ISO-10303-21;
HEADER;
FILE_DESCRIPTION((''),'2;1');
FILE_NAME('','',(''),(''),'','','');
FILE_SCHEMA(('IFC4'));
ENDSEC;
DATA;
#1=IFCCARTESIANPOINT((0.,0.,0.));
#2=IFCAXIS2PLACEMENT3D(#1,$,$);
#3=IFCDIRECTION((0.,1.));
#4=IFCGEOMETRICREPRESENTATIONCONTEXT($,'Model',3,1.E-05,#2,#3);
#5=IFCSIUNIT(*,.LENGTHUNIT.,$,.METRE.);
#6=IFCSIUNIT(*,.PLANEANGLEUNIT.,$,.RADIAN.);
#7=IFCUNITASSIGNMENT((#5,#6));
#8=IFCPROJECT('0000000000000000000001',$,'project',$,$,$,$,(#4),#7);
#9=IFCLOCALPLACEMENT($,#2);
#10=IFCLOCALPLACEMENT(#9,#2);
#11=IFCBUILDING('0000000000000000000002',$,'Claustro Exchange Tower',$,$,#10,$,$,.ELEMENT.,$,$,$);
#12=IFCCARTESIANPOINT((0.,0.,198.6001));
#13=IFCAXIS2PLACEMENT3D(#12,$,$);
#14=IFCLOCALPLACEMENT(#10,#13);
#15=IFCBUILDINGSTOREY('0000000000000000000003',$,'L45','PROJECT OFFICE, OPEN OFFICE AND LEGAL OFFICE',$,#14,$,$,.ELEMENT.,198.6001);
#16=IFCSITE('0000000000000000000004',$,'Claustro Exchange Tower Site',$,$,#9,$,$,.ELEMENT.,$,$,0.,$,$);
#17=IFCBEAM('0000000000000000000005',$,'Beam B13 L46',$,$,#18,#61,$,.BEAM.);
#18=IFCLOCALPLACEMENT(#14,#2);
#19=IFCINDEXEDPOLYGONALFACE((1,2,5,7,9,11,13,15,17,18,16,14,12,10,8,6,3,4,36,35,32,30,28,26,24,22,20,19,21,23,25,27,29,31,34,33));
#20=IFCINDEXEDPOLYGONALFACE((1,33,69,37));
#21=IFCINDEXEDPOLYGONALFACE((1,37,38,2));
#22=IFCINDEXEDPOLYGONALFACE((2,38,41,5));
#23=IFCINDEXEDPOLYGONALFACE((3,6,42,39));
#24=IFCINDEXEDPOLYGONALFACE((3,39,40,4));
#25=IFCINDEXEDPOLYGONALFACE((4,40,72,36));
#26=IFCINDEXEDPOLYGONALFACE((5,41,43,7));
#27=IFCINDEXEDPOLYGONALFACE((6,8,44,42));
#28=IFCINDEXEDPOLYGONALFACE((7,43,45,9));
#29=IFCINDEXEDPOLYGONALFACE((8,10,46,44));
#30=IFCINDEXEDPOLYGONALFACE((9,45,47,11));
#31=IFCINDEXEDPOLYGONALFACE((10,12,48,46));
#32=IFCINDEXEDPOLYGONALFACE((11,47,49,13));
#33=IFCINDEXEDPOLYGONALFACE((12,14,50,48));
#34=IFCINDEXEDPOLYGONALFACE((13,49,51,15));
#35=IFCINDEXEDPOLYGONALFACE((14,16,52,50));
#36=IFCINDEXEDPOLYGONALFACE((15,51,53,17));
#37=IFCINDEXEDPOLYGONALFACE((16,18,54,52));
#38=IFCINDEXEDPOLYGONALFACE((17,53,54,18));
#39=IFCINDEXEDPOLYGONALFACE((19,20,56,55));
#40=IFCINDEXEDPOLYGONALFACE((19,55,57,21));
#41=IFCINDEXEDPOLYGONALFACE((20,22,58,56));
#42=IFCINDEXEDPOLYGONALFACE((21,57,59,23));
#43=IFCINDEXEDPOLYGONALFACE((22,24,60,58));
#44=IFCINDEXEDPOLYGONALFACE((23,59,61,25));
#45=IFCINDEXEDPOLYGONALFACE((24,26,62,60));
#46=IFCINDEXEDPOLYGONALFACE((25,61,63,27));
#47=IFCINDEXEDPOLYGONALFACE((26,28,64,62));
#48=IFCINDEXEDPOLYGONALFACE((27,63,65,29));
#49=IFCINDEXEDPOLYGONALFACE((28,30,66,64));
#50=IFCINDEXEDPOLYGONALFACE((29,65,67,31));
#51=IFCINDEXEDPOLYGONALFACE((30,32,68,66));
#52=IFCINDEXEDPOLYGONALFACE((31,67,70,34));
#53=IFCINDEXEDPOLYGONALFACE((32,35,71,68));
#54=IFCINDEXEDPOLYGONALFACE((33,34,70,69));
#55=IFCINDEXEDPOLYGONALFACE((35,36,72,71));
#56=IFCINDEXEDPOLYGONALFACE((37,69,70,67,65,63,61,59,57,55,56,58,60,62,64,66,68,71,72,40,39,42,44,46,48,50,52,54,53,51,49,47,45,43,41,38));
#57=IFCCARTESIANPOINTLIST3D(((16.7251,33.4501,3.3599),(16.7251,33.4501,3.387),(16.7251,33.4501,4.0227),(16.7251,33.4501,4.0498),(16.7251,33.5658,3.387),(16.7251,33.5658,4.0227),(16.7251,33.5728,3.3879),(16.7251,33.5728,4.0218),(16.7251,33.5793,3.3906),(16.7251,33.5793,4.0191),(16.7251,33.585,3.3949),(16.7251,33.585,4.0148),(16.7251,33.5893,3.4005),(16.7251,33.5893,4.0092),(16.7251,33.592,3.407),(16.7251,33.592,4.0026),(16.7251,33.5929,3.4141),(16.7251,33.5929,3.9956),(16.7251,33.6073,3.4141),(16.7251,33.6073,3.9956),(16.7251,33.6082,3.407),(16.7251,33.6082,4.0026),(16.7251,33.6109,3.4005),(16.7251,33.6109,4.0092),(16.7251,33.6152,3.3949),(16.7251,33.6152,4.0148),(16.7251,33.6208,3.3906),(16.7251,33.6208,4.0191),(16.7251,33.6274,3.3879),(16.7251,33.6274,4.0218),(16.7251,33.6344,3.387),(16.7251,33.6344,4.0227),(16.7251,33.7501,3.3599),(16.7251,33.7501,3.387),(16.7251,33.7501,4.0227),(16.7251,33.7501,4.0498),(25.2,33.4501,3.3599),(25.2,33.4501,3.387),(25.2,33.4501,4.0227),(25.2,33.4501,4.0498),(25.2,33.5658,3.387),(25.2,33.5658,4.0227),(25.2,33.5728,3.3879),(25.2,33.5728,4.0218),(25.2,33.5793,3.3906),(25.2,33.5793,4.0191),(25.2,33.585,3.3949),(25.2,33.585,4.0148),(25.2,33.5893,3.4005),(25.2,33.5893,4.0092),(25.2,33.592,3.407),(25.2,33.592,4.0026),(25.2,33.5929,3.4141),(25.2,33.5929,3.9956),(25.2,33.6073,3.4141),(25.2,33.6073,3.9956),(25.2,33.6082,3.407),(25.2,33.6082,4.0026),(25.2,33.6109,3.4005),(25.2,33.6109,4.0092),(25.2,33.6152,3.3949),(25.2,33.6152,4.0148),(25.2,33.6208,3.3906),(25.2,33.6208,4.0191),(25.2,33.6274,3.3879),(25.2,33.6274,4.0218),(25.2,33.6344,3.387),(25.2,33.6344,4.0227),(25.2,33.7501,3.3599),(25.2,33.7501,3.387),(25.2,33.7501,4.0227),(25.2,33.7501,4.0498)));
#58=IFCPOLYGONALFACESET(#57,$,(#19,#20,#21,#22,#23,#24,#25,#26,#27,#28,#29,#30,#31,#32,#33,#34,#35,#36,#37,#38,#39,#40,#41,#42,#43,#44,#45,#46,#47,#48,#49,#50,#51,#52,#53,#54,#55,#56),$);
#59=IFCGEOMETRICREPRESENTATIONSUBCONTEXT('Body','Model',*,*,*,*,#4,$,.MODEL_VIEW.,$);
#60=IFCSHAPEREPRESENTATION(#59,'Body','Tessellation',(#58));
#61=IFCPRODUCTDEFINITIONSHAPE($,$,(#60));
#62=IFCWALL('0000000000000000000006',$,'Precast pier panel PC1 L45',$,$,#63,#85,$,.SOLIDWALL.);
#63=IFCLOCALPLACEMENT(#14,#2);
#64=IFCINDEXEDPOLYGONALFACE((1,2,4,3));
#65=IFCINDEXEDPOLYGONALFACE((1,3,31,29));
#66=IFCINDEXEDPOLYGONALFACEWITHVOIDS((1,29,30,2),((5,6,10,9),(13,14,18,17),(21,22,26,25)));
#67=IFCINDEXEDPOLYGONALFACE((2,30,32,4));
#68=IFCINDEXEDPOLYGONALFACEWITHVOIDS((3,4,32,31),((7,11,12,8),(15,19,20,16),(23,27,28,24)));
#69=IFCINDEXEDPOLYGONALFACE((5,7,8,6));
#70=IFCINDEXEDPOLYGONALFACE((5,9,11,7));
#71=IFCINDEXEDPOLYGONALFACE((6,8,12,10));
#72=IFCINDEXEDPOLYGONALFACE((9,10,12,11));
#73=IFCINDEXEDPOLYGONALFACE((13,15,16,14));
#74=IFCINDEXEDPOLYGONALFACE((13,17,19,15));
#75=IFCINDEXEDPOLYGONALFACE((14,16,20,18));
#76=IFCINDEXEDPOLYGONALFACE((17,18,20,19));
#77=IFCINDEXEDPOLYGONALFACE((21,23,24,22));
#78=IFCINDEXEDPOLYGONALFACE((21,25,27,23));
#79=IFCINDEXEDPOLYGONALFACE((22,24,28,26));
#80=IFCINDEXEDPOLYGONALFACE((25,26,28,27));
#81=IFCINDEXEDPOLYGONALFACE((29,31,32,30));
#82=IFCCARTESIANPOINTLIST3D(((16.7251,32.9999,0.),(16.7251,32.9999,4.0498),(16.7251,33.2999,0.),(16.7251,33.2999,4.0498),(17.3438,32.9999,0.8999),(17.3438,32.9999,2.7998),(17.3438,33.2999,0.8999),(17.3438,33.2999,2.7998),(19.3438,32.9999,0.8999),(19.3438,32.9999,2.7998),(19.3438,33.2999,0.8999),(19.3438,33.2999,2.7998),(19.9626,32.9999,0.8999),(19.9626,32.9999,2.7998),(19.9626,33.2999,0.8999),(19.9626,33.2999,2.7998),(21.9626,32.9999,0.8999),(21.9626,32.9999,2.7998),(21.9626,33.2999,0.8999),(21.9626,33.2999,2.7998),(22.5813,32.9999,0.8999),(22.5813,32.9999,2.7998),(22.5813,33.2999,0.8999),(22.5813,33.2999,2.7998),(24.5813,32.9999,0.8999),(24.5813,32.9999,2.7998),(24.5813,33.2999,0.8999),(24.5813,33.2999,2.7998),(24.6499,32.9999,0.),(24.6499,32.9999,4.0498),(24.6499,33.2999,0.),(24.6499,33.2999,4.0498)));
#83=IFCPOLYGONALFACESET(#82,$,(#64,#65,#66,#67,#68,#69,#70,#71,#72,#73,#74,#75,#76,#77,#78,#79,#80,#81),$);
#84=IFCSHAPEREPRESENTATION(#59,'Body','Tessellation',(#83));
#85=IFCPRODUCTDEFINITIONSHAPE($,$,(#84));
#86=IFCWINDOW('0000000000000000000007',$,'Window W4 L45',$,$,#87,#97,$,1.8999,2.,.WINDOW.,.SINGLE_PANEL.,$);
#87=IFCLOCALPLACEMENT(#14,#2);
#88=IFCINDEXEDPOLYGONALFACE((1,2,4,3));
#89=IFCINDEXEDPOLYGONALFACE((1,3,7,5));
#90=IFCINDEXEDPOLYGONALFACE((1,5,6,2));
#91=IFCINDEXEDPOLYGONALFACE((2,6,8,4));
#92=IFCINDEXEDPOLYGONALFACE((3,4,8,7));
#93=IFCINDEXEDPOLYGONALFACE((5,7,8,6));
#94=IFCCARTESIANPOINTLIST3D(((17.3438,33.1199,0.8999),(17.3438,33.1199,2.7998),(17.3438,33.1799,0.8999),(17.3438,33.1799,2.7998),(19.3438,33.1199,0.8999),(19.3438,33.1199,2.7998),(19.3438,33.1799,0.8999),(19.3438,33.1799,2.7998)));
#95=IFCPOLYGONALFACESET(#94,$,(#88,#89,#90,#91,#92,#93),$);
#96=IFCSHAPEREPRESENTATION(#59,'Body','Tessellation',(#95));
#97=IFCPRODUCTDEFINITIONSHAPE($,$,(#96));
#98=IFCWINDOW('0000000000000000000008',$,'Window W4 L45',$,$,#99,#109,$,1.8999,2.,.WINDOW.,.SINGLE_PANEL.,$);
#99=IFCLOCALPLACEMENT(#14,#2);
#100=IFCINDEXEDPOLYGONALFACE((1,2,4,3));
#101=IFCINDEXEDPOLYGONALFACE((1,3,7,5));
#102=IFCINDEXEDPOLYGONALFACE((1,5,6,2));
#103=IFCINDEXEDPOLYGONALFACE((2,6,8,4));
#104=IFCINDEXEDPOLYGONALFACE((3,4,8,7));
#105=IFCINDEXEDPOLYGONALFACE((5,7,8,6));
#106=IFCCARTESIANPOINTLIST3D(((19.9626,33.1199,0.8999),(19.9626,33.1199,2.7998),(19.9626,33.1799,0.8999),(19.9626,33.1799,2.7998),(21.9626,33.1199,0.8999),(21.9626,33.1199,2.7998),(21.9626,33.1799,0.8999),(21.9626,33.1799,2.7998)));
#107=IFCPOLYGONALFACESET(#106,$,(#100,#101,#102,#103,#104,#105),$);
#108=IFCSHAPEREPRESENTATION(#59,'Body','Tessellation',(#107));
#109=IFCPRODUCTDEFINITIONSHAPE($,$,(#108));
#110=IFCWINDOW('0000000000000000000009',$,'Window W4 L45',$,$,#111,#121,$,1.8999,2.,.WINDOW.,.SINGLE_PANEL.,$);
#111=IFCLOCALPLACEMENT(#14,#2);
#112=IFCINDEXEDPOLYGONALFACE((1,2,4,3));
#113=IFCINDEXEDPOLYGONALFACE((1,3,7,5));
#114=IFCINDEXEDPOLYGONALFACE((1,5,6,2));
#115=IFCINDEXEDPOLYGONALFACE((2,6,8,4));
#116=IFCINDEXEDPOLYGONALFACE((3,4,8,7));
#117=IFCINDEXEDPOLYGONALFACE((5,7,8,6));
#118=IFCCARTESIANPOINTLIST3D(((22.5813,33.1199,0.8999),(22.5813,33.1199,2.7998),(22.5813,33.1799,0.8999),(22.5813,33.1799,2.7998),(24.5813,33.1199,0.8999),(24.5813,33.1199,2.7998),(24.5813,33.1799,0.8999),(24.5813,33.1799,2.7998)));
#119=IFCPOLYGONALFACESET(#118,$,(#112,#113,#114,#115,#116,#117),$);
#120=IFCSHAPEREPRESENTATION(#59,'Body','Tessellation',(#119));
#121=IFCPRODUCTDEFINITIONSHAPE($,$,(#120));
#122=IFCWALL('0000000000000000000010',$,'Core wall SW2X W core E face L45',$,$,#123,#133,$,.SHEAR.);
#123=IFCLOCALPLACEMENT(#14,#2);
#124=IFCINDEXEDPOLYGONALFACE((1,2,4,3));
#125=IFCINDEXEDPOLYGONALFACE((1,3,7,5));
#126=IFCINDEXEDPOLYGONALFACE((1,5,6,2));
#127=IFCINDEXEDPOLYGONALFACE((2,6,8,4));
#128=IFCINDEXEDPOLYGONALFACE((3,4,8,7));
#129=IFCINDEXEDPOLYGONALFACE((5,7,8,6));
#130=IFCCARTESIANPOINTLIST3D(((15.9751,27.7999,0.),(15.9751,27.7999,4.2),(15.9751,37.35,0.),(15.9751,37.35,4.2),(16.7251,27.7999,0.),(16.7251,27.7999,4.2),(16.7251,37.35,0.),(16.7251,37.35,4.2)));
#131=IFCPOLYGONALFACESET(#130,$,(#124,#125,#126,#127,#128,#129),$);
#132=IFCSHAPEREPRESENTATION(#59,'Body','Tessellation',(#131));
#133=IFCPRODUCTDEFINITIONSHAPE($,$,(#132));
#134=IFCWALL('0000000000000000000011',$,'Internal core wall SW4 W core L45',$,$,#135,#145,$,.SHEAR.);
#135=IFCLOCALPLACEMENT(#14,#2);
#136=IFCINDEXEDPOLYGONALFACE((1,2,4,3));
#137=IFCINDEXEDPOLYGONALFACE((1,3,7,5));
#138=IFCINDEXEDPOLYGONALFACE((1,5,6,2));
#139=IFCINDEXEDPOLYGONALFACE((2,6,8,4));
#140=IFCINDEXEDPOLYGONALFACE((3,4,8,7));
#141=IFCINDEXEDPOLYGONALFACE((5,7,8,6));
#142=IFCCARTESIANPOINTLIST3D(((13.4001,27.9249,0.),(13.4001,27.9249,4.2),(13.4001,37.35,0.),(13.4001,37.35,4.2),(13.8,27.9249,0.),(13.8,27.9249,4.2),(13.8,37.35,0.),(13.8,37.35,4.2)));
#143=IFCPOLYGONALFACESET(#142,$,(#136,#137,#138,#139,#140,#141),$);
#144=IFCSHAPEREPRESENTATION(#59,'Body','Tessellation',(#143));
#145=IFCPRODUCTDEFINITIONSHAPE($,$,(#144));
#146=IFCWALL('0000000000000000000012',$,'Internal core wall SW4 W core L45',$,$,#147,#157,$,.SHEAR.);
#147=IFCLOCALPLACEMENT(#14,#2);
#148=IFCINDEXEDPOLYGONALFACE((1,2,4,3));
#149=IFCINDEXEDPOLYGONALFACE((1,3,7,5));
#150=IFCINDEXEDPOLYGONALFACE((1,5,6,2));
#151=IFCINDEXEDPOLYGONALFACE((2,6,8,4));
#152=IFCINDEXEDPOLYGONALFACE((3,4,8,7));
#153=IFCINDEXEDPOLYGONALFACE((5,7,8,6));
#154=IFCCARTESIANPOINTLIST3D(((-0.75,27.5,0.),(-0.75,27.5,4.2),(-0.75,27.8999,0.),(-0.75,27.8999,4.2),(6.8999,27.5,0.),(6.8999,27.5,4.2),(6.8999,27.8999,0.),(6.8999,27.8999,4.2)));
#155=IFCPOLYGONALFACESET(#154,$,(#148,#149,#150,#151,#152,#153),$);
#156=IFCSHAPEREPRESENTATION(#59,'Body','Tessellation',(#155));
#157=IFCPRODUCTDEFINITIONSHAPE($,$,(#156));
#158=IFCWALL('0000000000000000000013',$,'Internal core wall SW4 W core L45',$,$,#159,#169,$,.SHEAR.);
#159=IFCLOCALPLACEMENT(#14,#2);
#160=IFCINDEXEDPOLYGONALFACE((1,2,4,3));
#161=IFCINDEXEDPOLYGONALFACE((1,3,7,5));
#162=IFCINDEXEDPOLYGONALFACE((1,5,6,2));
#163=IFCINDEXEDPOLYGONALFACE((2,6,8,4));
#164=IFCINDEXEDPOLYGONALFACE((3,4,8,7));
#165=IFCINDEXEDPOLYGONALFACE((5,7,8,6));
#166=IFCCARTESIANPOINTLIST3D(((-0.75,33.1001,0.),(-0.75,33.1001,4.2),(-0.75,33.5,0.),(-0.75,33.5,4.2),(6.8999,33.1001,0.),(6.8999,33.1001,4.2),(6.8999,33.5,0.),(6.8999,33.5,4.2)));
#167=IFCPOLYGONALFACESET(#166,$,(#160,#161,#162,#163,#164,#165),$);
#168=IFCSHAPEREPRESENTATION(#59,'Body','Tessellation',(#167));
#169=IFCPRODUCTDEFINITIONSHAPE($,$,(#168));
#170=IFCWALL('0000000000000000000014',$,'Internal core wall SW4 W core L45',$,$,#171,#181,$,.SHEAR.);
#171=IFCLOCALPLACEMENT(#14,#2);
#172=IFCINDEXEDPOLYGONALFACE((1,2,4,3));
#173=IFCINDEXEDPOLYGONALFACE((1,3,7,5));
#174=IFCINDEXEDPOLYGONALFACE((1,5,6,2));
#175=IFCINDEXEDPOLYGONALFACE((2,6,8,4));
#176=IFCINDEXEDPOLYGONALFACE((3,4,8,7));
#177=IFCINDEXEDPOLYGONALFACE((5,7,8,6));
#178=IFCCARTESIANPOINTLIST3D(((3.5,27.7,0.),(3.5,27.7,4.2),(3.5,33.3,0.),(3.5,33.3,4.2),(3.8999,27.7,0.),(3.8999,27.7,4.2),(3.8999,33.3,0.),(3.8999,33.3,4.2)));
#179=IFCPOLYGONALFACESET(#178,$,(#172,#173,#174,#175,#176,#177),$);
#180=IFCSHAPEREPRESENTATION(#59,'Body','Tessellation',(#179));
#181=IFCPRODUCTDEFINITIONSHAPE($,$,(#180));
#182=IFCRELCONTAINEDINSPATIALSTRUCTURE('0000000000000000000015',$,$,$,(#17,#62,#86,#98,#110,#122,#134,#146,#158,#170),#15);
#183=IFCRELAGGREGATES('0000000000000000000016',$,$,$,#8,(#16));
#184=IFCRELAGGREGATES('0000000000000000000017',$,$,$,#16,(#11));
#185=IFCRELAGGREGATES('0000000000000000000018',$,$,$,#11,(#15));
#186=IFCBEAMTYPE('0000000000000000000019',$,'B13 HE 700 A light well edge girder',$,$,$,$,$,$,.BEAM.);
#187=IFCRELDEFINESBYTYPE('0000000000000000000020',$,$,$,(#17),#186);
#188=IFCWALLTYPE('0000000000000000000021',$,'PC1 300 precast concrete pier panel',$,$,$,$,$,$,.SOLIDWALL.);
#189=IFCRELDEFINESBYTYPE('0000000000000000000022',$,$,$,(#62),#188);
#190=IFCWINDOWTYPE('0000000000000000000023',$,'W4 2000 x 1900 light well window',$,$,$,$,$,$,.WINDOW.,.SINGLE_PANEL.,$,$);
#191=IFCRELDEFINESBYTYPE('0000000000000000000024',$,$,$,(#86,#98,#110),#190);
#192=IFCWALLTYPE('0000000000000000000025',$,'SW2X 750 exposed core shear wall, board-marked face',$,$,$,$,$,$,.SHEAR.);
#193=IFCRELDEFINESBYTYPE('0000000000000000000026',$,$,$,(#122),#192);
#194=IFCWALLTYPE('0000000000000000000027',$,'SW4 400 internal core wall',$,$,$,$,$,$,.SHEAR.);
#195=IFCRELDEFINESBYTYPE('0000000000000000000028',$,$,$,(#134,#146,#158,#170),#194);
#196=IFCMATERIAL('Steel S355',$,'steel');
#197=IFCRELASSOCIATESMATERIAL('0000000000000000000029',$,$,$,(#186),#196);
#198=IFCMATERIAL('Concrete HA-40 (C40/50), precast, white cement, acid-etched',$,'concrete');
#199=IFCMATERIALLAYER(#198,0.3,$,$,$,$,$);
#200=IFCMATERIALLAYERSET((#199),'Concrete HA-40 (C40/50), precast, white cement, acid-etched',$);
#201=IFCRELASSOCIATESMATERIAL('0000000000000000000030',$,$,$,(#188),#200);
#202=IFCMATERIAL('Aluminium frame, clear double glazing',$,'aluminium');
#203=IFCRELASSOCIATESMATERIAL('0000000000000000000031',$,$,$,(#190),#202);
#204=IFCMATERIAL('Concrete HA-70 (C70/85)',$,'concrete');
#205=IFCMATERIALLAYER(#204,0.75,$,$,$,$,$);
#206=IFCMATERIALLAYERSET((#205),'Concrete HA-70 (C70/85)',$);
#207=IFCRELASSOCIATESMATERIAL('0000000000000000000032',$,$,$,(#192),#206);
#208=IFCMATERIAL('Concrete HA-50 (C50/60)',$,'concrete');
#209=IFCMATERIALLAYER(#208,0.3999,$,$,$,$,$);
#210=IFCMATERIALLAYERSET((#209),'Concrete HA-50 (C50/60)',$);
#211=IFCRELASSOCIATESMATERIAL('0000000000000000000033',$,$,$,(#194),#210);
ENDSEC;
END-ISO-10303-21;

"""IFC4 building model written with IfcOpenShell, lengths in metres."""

from ifc_helpers import new_model, si_unit, direction, frame, frame_2d, origin, origin_2d, place, context, subcontext, project, spatial, rectangle, i_section, extrude, material, layer, layer_set, material_profile, profile_set, type_object, element, fill, save


model = new_model("IFC4")

# Units and contexts
model_context = context("Model", 3, precision=1e-05, world=origin(), true_north=direction((0.0, 1.0)))
body_context = subcontext(model_context, "Body", "Model", "MODEL_VIEW")
ifc_project = project(units=[si_unit("LENGTHUNIT", "METRE"), si_unit("PLANEANGLEUNIT", "RADIAN")], contexts=[model_context])

# Site, building, storey
site_placement = place(None, origin())
site = spatial("IfcSite", under=ifc_project, at=site_placement, Name="Claustro Exchange Tower Site", CompositionType="ELEMENT", RefElevation=0.0)
building_placement = place(site_placement, origin())
building = spatial("IfcBuilding", under=site, at=building_placement, Name="Claustro Exchange Tower", CompositionType="ELEMENT")
storey_placement = place(building_placement, frame((0.0, 0.0, 198.6001)))
storey = spatial("IfcBuildingStorey", under=building, at=storey_placement, Name="L45", Description="PROJECT OFFICE, OPEN OFFICE AND LEGAL OFFICE", CompositionType="ELEMENT", Elevation=198.6001)

# Beam
ifc_material_1 = material(Name="Steel S355", Category="steel")
ifc_material_profile = material_profile(ifc_material_1, i_section(OverallWidth=0.3, OverallDepth=0.6899, WebThickness=0.0144, FlangeThickness=0.0271, FilletRadius=0.0271, at=origin_2d()), Name="HE 700 A")
ifc_profile_set = profile_set([ifc_material_profile], Name="Steel S355")
beam_type = type_object("IfcBeamType", Name="B13 HE 700 A light well edge girder", PredefinedType="BEAM", material=ifc_profile_set)
beam_placement = place(storey_placement, frame((16.7251, 33.6001, 3.7048), z_axis=(1.0, 0.0, 0.0), x_axis=(0.0, 1.0, 0.0)))
element("IfcBeam", 1, at=beam_placement, inside=storey, type_object=beam_type, Name="Beam B13 L46", PredefinedType="BEAM", context=body_context, shape_type="SweptSolid", body=[
    extrude(i_section(OverallWidth=0.3, OverallDepth=0.6899, WebThickness=0.0144, FlangeThickness=0.0271, FilletRadius=0.0271, at=origin_2d()), origin(), (0.0, 0.0, 1.0), 8.4749),
])

# Wall, openings, windows
ifc_material_2 = material(Name="Concrete HA-40 (C40/50), precast, white cement, acid-etched", Category="concrete")
ifc_layer_1 = layer(ifc_material_2, 0.3)
ifc_layer_set_1 = layer_set([ifc_layer_1], Name="Concrete HA-40 (C40/50), precast, white cement, acid-etched")
wall_type_1 = type_object("IfcWallType", Name="PC1 300 precast concrete pier panel", PredefinedType="SOLIDWALL", material=ifc_layer_set_1)
wall_1_placement = place(storey_placement, frame((16.7251, 33.1499, 0.0), z_axis=(0.0, 0.0, 1.0), x_axis=(1.0, 0.0, 0.0)))
wall_1 = element("IfcWall", 2, at=wall_1_placement, inside=storey, type_object=wall_type_1, Name="Precast pier panel PC1 L45", PredefinedType="SOLIDWALL", context=body_context, shape_type="SweptSolid", body=[
    extrude(rectangle(XDim=7.9248, YDim=0.3, at=frame_2d((3.9624, 0.0))), origin(), (0.0, 0.0, 1.0), 4.0498),
])
opening_1_placement = place(wall_1_placement, frame((0.6187, 0.0, 0.8999)))
opening_1 = element("IfcOpeningElement", 3, at=opening_1_placement, cuts=wall_1, PredefinedType="OPENING", context=body_context, shape_type="SweptSolid", body=[
    extrude(rectangle(XDim=2.0, YDim=1.8999, at=frame_2d((1.0, 0.95))), frame((0.0, 0.1599, 0.0), z_axis=(0.0, -1.0, 0.0), x_axis=(1.0, 0.0, 0.0)), (0.0, 0.0, 1.0), 0.3201),
])
opening_2_placement = place(wall_1_placement, frame((3.2375, 0.0, 0.8999)))
opening_2 = element("IfcOpeningElement", 4, at=opening_2_placement, cuts=wall_1, PredefinedType="OPENING", context=body_context, shape_type="SweptSolid", body=[
    extrude(rectangle(XDim=2.0, YDim=1.8999, at=frame_2d((1.0, 0.95))), frame((0.0, 0.1599, 0.0), z_axis=(0.0, -1.0, 0.0), x_axis=(1.0, 0.0, 0.0)), (0.0, 0.0, 1.0), 0.3201),
])
opening_3_placement = place(wall_1_placement, frame((5.8562, 0.0, 0.8999)))
opening_3 = element("IfcOpeningElement", 5, at=opening_3_placement, cuts=wall_1, PredefinedType="OPENING", context=body_context, shape_type="SweptSolid", body=[
    extrude(rectangle(XDim=2.0, YDim=1.8999, at=frame_2d((1.0, 0.95))), frame((0.0, 0.1599, 0.0), z_axis=(0.0, -1.0, 0.0), x_axis=(1.0, 0.0, 0.0)), (0.0, 0.0, 1.0), 0.3201),
])
ifc_material_3 = material(Name="Aluminium frame, clear double glazing", Category="aluminium")
window_type = type_object("IfcWindowType", Name="W4 2000 x 1900 light well window", PartitioningType="SINGLE_PANEL", PredefinedType="WINDOW", material=ifc_material_3)
window_1_placement = place(opening_1_placement, origin())
window_1 = element("IfcWindow", 6, at=window_1_placement, inside=storey, type_object=window_type, Name="Window W4 L45", OverallHeight=1.8999, OverallWidth=2.0, PartitioningType="SINGLE_PANEL", PredefinedType="WINDOW", context=body_context, shape_type="SweptSolid", body=[
    extrude(rectangle(XDim=2.0, YDim=1.8999, at=frame_2d((1.0, 0.95))), frame((0.0, 0.03, 0.0), z_axis=(0.0, -1.0, 0.0), x_axis=(1.0, 0.0, 0.0)), (0.0, 0.0, 1.0), 0.0601),
])
fill(opening_1, window_1)
window_2_placement = place(opening_2_placement, origin())
window_2 = element("IfcWindow", 7, at=window_2_placement, inside=storey, type_object=window_type, Name="Window W4 L45", OverallHeight=1.8999, OverallWidth=2.0, PartitioningType="SINGLE_PANEL", PredefinedType="WINDOW", context=body_context, shape_type="SweptSolid", body=[
    extrude(rectangle(XDim=2.0, YDim=1.8999, at=frame_2d((1.0, 0.95))), frame((0.0, 0.03, 0.0), z_axis=(0.0, -1.0, 0.0), x_axis=(1.0, 0.0, 0.0)), (0.0, 0.0, 1.0), 0.0601),
])
fill(opening_2, window_2)
window_3_placement = place(opening_3_placement, origin())
window_3 = element("IfcWindow", 8, at=window_3_placement, inside=storey, type_object=window_type, Name="Window W4 L45", OverallHeight=1.8999, OverallWidth=2.0, PartitioningType="SINGLE_PANEL", PredefinedType="WINDOW", context=body_context, shape_type="SweptSolid", body=[
    extrude(rectangle(XDim=2.0, YDim=1.8999, at=frame_2d((1.0, 0.95))), frame((0.0, 0.03, 0.0), z_axis=(0.0, -1.0, 0.0), x_axis=(1.0, 0.0, 0.0)), (0.0, 0.0, 1.0), 0.0601),
])
fill(opening_3, window_3)

# Walls
ifc_material_4 = material(Name="Concrete HA-70 (C70/85)", Category="concrete")
ifc_layer_2 = layer(ifc_material_4, 0.75)
ifc_layer_set_2 = layer_set([ifc_layer_2], Name="Concrete HA-70 (C70/85)")
wall_type_2 = type_object("IfcWallType", Name="SW2X 750 exposed core shear wall, board-marked face", PredefinedType="SHEAR", material=ifc_layer_set_2)
wall_2_placement = place(storey_placement, frame((16.3501, 27.8, 0.0), z_axis=(0.0, 0.0, 1.0), x_axis=(0.0, 1.0, 0.0)))
element("IfcWall", 9, at=wall_2_placement, inside=storey, type_object=wall_type_2, Name="Core wall SW2X W core E face L45", PredefinedType="SHEAR", context=body_context, shape_type="SweptSolid", body=[
    extrude(rectangle(XDim=9.55, YDim=0.75, at=frame_2d((4.7749, 0.0))), origin(), (0.0, 0.0, 1.0), 4.2),
])
ifc_material_5 = material(Name="Concrete HA-50 (C50/60)", Category="concrete")
ifc_layer_3 = layer(ifc_material_5, 0.3999)
ifc_layer_set_3 = layer_set([ifc_layer_3], Name="Concrete HA-50 (C50/60)")
wall_type_3 = type_object("IfcWallType", Name="SW4 400 internal core wall", PredefinedType="SHEAR", material=ifc_layer_set_3)
wall_3_placement = place(storey_placement, frame((13.6001, 27.925, 0.0), z_axis=(0.0, 0.0, 1.0), x_axis=(0.0, 1.0, 0.0)))
element("IfcWall", 10, at=wall_3_placement, inside=storey, type_object=wall_type_3, Name="Internal core wall SW4 W core L45", PredefinedType="SHEAR", context=body_context, shape_type="SweptSolid", body=[
    extrude(rectangle(XDim=9.425, YDim=0.3999, at=frame_2d((4.7124, 0.0))), origin(), (0.0, 0.0, 1.0), 4.2),
])
for number, where, z_axis, x_axis, name in (
    (11, (-0.75, 27.7, 0.0), (0.0, 0.0, 1.0), (1.0, 0.0, 0.0), "Internal core wall SW4 W core L45"),
    (12, (-0.75, 33.3, 0.0), (0.0, 0.0, 1.0), (1.0, 0.0, 0.0), "Internal core wall SW4 W core L45"),
):
    element("IfcWall", number, at=place(storey_placement, frame(where, z_axis=z_axis, x_axis=x_axis)), inside=storey, type_object=wall_type_3, Name=name, PredefinedType="SHEAR", context=body_context, shape_type="SweptSolid", body=[
        extrude(rectangle(XDim=7.6499, YDim=0.3999, at=frame_2d((3.825, 0.0))), origin(), (0.0, 0.0, 1.0), 4.2),
    ])
wall_4_placement = place(storey_placement, frame((3.7, 27.7, 0.0), z_axis=(0.0, 0.0, 1.0), x_axis=(0.0, 1.0, 0.0)))
element("IfcWall", 13, at=wall_4_placement, inside=storey, type_object=wall_type_3, Name="Internal core wall SW4 W core L45", PredefinedType="SHEAR", context=body_context, shape_type="SweptSolid", body=[
    extrude(rectangle(XDim=5.6001, YDim=0.3999, at=frame_2d((2.8, 0.0))), origin(), (0.0, 0.0, 1.0), 4.2),
])

save(model, "model.ifc")
